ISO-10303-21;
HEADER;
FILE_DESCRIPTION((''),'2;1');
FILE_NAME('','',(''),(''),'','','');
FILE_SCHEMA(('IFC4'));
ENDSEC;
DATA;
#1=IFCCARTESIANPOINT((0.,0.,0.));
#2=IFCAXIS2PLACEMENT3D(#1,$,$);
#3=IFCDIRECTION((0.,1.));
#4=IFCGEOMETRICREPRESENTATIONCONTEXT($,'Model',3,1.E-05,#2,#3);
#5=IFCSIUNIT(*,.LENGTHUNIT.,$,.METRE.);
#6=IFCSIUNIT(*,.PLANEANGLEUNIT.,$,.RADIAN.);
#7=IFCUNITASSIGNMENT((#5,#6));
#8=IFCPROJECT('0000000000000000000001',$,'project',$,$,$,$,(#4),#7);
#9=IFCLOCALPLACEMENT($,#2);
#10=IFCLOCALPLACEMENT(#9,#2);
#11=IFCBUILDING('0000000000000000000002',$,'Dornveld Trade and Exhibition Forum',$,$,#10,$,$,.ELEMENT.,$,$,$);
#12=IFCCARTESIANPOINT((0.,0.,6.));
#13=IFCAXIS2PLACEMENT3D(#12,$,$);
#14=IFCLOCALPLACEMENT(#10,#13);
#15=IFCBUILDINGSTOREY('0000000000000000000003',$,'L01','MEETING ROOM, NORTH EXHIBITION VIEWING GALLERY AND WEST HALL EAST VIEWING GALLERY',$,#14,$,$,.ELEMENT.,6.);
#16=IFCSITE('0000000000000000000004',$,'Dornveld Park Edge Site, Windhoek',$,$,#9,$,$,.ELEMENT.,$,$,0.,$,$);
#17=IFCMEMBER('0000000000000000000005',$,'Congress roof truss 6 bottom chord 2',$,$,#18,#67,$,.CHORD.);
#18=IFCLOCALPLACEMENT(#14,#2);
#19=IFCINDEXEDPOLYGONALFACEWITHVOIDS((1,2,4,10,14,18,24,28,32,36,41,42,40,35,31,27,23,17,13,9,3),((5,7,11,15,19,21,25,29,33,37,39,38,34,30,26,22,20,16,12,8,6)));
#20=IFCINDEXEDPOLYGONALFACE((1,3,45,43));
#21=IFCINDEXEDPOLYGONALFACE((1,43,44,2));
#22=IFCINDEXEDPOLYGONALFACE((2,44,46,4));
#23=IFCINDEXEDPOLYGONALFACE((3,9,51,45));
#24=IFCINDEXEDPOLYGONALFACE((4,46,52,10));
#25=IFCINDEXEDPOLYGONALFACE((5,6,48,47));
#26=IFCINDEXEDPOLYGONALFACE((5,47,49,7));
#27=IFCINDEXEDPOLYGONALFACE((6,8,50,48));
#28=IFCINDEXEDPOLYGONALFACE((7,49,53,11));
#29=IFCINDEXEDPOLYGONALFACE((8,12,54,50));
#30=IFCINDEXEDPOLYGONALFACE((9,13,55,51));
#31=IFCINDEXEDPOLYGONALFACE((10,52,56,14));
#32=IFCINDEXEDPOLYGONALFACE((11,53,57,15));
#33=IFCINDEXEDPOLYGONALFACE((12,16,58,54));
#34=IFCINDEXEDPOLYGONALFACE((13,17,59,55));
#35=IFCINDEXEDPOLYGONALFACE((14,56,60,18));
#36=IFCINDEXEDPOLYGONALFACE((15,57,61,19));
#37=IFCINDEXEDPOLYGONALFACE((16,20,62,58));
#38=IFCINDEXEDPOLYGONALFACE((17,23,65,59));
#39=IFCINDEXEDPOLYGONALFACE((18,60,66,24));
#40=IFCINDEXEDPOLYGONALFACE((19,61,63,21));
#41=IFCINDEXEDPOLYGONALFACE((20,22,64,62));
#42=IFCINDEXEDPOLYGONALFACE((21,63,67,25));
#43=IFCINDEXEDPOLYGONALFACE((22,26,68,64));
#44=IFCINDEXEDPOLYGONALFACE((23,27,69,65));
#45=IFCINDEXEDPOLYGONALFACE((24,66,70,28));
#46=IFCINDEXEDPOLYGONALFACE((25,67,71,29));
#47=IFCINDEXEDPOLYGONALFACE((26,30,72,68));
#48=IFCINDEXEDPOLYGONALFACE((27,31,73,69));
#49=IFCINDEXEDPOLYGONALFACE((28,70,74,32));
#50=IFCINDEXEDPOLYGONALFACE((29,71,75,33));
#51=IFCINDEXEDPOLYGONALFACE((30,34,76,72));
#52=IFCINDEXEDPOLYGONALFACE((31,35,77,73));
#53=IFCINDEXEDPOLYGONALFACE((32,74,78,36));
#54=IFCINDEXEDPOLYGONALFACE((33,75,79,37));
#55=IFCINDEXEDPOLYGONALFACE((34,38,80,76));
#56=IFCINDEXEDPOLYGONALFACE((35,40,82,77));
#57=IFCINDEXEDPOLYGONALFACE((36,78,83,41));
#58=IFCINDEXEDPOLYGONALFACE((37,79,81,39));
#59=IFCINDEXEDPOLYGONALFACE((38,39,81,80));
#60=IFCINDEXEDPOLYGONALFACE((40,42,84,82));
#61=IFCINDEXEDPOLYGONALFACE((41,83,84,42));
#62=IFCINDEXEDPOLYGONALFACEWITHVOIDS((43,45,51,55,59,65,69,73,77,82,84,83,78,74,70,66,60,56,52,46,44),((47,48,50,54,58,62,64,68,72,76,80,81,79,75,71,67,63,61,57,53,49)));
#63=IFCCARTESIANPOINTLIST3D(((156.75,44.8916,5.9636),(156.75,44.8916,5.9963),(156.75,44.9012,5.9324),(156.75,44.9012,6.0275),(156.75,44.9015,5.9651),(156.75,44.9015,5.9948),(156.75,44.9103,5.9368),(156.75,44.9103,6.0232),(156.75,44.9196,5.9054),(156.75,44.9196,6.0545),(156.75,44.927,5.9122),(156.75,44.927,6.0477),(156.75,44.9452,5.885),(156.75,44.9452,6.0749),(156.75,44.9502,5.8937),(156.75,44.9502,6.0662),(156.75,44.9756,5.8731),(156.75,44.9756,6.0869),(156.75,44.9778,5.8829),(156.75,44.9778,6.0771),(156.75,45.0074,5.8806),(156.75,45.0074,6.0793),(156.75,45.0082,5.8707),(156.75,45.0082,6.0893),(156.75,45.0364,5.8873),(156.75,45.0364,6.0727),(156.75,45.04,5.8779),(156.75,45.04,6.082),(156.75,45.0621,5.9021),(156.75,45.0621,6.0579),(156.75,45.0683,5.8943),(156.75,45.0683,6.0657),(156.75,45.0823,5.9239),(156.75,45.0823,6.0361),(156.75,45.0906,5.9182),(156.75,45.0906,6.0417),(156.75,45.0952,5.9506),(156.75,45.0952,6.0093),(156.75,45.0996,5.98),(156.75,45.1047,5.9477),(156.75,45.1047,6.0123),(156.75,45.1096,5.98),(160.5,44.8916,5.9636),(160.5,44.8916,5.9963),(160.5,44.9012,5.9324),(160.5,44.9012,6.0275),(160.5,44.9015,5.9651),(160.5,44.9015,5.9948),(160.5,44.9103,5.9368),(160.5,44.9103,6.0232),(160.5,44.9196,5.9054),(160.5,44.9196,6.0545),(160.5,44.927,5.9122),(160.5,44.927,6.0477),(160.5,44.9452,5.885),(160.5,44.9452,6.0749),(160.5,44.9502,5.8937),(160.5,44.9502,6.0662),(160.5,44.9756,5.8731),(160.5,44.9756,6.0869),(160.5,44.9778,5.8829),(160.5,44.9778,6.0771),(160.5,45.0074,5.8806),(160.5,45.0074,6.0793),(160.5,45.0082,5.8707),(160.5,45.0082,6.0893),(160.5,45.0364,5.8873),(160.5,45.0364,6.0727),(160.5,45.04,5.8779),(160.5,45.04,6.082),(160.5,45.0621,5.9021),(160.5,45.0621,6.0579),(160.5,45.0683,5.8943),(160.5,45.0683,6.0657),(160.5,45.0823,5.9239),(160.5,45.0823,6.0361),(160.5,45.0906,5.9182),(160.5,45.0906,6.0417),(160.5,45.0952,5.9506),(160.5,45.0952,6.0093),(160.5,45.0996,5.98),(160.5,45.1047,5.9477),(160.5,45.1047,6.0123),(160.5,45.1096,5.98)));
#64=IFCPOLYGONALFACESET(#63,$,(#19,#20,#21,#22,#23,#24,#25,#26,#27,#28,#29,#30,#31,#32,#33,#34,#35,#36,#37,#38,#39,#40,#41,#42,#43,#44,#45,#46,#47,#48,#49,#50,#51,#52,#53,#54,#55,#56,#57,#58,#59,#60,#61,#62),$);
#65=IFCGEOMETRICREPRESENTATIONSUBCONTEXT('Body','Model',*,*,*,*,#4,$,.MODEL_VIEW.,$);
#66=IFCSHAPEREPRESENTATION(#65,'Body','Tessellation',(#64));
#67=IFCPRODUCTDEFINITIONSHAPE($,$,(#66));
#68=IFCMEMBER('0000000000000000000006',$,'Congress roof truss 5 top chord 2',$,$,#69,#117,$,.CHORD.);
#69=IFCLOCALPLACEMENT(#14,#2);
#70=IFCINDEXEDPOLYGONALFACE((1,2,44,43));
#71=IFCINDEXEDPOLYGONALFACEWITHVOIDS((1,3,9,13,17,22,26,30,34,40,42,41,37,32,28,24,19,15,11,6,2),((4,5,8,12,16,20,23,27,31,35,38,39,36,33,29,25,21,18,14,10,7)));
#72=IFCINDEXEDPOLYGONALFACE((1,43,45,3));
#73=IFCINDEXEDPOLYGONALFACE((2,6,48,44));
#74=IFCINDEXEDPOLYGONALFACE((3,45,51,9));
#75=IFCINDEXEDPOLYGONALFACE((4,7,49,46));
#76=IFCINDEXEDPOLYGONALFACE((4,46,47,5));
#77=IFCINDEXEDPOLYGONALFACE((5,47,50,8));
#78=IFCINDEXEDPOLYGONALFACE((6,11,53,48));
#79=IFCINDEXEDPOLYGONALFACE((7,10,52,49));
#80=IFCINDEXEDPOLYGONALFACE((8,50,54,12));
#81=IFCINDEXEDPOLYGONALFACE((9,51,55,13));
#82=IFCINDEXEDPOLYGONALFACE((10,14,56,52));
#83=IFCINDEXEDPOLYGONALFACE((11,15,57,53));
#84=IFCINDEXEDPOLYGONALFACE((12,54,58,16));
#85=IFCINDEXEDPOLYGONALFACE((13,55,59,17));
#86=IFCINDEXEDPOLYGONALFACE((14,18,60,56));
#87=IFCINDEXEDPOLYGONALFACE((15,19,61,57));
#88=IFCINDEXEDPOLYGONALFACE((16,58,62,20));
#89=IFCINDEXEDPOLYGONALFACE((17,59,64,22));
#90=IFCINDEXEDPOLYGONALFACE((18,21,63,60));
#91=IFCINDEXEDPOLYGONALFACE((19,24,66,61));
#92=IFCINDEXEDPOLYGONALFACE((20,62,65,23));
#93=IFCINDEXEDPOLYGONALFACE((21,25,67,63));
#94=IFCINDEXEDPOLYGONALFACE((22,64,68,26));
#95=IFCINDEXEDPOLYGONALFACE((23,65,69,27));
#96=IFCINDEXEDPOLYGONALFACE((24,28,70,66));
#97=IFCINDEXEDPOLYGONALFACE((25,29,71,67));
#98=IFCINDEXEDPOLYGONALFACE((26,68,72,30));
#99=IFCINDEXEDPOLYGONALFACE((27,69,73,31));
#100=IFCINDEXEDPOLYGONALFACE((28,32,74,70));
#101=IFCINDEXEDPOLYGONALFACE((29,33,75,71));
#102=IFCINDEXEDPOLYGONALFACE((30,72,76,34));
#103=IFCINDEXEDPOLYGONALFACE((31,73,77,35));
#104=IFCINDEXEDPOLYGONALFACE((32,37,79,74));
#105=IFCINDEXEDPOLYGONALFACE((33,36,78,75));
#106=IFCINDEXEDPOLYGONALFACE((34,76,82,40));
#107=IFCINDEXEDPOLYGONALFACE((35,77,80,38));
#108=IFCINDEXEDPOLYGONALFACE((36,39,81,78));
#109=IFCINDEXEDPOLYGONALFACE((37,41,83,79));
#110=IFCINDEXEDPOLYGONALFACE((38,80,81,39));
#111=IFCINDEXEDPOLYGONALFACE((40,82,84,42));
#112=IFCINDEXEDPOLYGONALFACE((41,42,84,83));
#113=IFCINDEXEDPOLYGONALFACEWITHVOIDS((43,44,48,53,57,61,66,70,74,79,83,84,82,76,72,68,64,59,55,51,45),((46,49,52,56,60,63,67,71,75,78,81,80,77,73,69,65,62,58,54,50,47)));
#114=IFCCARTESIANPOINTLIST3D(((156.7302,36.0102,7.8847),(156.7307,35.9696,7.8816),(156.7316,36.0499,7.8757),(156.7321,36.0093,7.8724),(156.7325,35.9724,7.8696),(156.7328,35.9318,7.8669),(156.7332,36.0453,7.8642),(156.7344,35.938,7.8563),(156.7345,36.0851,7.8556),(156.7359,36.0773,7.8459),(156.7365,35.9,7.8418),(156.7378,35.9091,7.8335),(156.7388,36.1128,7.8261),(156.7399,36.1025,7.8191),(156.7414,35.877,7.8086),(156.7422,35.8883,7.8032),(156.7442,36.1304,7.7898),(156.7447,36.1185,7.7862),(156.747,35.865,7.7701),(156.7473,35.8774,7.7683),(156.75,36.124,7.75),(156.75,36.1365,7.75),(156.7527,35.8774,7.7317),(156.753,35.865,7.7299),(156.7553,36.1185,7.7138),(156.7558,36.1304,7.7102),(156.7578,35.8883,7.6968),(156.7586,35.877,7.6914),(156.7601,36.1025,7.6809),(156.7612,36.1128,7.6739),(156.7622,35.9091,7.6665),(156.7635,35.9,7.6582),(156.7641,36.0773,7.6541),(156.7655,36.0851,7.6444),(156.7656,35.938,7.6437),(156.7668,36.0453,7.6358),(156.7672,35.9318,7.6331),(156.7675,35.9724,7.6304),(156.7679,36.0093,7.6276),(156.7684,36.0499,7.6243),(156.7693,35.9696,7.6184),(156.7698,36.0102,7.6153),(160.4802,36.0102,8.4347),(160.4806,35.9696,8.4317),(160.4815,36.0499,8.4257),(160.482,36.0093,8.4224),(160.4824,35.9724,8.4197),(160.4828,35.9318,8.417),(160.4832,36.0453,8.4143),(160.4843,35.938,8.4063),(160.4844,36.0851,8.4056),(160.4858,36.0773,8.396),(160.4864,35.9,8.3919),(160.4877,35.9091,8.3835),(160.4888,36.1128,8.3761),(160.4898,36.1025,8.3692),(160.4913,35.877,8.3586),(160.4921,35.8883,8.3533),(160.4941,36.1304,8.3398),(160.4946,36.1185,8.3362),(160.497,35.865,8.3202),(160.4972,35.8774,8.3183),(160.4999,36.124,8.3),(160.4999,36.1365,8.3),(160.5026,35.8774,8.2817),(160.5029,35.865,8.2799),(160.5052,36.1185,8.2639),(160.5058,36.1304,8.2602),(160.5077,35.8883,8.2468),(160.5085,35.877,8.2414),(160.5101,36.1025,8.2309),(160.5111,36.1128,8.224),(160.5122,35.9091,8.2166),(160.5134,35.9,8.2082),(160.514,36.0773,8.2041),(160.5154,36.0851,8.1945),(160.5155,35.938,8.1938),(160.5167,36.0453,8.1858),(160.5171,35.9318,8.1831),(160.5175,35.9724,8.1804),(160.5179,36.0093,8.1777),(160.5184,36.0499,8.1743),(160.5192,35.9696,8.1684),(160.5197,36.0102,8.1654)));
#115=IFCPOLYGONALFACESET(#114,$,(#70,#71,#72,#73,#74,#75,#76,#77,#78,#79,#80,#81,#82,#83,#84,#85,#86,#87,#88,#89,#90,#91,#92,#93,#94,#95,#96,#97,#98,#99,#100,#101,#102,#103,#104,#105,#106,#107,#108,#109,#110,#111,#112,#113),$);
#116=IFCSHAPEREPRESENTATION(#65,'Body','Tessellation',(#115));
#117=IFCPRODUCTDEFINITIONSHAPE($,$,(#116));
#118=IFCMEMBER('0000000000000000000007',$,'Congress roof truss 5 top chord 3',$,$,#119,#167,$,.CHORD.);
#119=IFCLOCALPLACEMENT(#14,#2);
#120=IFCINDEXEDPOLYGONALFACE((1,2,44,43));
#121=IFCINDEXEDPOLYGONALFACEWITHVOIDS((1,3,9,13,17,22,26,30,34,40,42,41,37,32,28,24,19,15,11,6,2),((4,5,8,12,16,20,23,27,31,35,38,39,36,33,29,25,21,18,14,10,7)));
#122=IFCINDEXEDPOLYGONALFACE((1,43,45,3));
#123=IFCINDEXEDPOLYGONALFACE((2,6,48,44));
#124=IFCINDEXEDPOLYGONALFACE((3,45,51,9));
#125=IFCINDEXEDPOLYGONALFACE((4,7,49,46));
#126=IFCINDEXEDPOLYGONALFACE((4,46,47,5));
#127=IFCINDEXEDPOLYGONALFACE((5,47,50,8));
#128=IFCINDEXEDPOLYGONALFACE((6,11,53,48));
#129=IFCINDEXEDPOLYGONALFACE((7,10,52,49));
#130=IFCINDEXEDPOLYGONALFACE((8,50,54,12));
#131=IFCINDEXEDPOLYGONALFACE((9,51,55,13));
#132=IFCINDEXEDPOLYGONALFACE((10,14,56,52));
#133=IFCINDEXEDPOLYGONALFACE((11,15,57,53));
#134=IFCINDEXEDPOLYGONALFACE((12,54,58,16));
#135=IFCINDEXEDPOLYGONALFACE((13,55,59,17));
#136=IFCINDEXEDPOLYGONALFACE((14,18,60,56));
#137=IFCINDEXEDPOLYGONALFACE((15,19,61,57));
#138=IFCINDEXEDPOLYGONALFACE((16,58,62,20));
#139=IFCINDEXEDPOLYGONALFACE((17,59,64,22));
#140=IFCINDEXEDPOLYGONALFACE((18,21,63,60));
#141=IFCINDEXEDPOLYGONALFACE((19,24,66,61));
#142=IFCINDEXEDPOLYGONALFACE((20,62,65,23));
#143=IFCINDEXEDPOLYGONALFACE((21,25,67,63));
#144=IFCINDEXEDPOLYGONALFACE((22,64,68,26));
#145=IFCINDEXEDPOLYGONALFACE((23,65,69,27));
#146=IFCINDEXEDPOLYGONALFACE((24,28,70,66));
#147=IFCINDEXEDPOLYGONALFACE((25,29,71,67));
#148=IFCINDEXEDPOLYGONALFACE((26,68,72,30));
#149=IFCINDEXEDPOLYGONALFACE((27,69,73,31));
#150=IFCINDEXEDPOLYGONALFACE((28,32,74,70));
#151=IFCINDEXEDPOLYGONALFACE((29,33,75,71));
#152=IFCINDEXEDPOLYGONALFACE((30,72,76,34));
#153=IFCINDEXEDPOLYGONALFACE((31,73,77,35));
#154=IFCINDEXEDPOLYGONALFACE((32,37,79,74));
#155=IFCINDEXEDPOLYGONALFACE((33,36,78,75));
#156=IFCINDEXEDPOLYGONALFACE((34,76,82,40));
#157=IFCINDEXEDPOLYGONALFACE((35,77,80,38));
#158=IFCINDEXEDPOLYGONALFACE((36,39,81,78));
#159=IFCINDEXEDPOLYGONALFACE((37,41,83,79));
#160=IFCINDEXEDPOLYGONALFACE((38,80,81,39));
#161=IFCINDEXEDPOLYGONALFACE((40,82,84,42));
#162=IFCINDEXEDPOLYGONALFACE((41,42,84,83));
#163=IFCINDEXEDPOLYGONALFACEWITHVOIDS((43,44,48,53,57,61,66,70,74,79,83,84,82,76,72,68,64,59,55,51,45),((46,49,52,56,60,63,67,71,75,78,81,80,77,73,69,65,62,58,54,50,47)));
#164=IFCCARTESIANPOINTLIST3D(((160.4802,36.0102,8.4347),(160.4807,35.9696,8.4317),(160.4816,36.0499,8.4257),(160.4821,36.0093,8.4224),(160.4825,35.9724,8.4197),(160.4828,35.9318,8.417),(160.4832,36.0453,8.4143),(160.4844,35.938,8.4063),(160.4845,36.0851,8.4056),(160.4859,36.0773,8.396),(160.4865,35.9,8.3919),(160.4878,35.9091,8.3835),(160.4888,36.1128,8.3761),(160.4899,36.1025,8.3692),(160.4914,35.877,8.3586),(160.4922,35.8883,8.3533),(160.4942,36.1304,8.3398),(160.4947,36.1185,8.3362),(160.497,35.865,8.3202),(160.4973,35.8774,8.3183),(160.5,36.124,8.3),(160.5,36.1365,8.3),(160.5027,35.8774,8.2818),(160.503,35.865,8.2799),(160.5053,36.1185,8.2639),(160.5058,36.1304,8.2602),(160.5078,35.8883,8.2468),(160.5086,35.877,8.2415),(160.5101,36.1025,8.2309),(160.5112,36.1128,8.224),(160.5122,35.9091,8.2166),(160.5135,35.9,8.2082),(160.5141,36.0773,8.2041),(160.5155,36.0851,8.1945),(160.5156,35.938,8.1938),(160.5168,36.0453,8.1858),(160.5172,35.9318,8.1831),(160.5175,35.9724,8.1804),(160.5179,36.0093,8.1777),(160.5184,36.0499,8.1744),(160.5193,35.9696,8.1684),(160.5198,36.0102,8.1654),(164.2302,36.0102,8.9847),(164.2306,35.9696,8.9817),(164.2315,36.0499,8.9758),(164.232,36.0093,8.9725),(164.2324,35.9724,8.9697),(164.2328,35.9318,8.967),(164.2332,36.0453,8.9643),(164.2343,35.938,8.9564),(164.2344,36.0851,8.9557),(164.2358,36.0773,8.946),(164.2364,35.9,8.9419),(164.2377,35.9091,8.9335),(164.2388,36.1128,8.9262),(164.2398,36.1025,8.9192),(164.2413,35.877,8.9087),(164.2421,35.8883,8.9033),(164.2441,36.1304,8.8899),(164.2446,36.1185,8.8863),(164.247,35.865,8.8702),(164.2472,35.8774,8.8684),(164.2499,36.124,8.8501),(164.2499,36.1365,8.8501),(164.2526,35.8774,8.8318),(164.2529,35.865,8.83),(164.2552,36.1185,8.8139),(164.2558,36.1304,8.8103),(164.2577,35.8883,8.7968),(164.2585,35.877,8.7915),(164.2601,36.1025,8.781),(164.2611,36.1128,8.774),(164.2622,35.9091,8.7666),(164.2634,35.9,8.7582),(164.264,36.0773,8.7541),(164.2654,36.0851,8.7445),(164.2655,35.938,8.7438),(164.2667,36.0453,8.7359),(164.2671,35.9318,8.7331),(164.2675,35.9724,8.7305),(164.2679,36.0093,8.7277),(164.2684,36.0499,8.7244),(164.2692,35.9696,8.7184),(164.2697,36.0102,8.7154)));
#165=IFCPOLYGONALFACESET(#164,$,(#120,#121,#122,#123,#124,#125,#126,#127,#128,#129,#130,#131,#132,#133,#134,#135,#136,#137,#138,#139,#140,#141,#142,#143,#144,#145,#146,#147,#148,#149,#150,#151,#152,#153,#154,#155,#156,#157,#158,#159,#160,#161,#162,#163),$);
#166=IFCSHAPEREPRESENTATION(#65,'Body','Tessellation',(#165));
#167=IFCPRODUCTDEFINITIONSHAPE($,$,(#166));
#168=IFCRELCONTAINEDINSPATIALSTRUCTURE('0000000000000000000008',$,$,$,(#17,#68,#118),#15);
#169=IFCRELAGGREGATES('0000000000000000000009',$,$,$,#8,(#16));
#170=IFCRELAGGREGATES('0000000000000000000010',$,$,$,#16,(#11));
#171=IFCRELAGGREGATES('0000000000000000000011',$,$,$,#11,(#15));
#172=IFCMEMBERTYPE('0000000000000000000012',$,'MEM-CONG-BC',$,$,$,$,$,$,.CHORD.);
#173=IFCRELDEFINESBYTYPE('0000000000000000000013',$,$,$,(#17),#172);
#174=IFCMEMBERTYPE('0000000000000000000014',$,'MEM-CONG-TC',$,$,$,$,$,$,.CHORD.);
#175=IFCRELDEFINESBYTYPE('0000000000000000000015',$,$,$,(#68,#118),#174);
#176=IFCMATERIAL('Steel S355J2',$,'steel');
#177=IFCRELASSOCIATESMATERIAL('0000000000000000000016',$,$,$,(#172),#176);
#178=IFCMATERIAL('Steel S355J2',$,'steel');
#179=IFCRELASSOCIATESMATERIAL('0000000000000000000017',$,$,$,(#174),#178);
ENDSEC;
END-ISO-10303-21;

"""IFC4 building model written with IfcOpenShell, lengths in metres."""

from ifc_helpers import new_model, si_unit, direction, frame, origin, origin_2d, place, context, subcontext, project, spatial, hollow_circle, extrude, material, material_profile, profile_set, type_object, element, save


model = new_model("IFC4")

# Units and contexts
model_context = context("Model", 3, precision=1e-05, world=origin(), true_north=direction((0.0, 1.0)))
body_context = subcontext(model_context, "Body", "Model", "MODEL_VIEW")
ifc_project = project(units=[si_unit("LENGTHUNIT", "METRE"), si_unit("PLANEANGLEUNIT", "RADIAN")], contexts=[model_context])

# Site, building, storey
site_placement = place(None, origin())
site = spatial("IfcSite", under=ifc_project, at=site_placement, Name="Dornveld Park Edge Site, Windhoek", CompositionType="ELEMENT", RefElevation=0.0)
building_placement = place(site_placement, origin())
building = spatial("IfcBuilding", under=site, at=building_placement, Name="Dornveld Trade and Exhibition Forum", CompositionType="ELEMENT")
storey_placement = place(building_placement, frame((0.0, 0.0, 6.0)))
storey = spatial("IfcBuildingStorey", under=building, at=storey_placement, Name="L01", Description="MEETING ROOM, NORTH EXHIBITION VIEWING GALLERY AND WEST HALL EAST VIEWING GALLERY", CompositionType="ELEMENT", Elevation=6.0)

# Members
ifc_material_1 = material(Name="Steel S355J2", Category="steel")
ifc_material_profile_1 = material_profile(ifc_material_1, hollow_circle(Radius=0.1096, WallThickness=0.01, at=origin_2d()), Name="CHS 219.1x10")
ifc_profile_set_1 = profile_set([ifc_material_profile_1], Name="Steel S355J2")
member_type_1 = type_object("IfcMemberType", Name="MEM-CONG-BC", PredefinedType="CHORD", material=ifc_profile_set_1)
for number, where, z_axis, x_axis, name in (
    (1, (156.75, 45.0, 5.98), (1.0, 0.0, 0.0), (0.0, 1.0, 0.0), "Congress roof truss 6 bottom chord 2"),
):
    element("IfcMember", number, at=place(storey_placement, frame(where, z_axis=z_axis, x_axis=x_axis)), inside=storey, type_object=member_type_1, Name=name, PredefinedType="CHORD", context=body_context, shape_type="SweptSolid", body=[
        extrude(hollow_circle(Radius=0.1096, WallThickness=0.01, at=origin_2d()), origin(), (0.0, 0.0, 1.0), 3.75),
    ])
ifc_material_2 = material(Name="Steel S355J2", Category="steel")
ifc_material_profile_2 = material_profile(ifc_material_2, hollow_circle(Radius=0.1365, WallThickness=0.0125, at=origin_2d()), Name="CHS 273x12.5")
ifc_profile_set_2 = profile_set([ifc_material_profile_2], Name="Steel S355J2")
member_type_2 = type_object("IfcMemberType", Name="MEM-CONG-TC", PredefinedType="CHORD", material=ifc_profile_set_2)
for number, where, z_axis, x_axis, name in (
    (2, (156.75, 36.0, 7.75), (0.989413, 0.0, 0.145127), (0.0, 1.0, 0.0), "Congress roof truss 5 top chord 2"),
    (3, (160.5, 36.0, 8.3), (0.989413, 0.0, 0.145127), (0.0, 1.0, 0.0), "Congress roof truss 5 top chord 3"),
):
    element("IfcMember", number, at=place(storey_placement, frame(where, z_axis=z_axis, x_axis=x_axis)), inside=storey, type_object=member_type_2, Name=name, PredefinedType="CHORD", context=body_context, shape_type="SweptSolid", body=[
        extrude(hollow_circle(Radius=0.1365, WallThickness=0.0125, at=origin_2d()), origin(), (0.0, 0.0, 1.0), 3.79),
    ])

save(model, "model.ifc")
